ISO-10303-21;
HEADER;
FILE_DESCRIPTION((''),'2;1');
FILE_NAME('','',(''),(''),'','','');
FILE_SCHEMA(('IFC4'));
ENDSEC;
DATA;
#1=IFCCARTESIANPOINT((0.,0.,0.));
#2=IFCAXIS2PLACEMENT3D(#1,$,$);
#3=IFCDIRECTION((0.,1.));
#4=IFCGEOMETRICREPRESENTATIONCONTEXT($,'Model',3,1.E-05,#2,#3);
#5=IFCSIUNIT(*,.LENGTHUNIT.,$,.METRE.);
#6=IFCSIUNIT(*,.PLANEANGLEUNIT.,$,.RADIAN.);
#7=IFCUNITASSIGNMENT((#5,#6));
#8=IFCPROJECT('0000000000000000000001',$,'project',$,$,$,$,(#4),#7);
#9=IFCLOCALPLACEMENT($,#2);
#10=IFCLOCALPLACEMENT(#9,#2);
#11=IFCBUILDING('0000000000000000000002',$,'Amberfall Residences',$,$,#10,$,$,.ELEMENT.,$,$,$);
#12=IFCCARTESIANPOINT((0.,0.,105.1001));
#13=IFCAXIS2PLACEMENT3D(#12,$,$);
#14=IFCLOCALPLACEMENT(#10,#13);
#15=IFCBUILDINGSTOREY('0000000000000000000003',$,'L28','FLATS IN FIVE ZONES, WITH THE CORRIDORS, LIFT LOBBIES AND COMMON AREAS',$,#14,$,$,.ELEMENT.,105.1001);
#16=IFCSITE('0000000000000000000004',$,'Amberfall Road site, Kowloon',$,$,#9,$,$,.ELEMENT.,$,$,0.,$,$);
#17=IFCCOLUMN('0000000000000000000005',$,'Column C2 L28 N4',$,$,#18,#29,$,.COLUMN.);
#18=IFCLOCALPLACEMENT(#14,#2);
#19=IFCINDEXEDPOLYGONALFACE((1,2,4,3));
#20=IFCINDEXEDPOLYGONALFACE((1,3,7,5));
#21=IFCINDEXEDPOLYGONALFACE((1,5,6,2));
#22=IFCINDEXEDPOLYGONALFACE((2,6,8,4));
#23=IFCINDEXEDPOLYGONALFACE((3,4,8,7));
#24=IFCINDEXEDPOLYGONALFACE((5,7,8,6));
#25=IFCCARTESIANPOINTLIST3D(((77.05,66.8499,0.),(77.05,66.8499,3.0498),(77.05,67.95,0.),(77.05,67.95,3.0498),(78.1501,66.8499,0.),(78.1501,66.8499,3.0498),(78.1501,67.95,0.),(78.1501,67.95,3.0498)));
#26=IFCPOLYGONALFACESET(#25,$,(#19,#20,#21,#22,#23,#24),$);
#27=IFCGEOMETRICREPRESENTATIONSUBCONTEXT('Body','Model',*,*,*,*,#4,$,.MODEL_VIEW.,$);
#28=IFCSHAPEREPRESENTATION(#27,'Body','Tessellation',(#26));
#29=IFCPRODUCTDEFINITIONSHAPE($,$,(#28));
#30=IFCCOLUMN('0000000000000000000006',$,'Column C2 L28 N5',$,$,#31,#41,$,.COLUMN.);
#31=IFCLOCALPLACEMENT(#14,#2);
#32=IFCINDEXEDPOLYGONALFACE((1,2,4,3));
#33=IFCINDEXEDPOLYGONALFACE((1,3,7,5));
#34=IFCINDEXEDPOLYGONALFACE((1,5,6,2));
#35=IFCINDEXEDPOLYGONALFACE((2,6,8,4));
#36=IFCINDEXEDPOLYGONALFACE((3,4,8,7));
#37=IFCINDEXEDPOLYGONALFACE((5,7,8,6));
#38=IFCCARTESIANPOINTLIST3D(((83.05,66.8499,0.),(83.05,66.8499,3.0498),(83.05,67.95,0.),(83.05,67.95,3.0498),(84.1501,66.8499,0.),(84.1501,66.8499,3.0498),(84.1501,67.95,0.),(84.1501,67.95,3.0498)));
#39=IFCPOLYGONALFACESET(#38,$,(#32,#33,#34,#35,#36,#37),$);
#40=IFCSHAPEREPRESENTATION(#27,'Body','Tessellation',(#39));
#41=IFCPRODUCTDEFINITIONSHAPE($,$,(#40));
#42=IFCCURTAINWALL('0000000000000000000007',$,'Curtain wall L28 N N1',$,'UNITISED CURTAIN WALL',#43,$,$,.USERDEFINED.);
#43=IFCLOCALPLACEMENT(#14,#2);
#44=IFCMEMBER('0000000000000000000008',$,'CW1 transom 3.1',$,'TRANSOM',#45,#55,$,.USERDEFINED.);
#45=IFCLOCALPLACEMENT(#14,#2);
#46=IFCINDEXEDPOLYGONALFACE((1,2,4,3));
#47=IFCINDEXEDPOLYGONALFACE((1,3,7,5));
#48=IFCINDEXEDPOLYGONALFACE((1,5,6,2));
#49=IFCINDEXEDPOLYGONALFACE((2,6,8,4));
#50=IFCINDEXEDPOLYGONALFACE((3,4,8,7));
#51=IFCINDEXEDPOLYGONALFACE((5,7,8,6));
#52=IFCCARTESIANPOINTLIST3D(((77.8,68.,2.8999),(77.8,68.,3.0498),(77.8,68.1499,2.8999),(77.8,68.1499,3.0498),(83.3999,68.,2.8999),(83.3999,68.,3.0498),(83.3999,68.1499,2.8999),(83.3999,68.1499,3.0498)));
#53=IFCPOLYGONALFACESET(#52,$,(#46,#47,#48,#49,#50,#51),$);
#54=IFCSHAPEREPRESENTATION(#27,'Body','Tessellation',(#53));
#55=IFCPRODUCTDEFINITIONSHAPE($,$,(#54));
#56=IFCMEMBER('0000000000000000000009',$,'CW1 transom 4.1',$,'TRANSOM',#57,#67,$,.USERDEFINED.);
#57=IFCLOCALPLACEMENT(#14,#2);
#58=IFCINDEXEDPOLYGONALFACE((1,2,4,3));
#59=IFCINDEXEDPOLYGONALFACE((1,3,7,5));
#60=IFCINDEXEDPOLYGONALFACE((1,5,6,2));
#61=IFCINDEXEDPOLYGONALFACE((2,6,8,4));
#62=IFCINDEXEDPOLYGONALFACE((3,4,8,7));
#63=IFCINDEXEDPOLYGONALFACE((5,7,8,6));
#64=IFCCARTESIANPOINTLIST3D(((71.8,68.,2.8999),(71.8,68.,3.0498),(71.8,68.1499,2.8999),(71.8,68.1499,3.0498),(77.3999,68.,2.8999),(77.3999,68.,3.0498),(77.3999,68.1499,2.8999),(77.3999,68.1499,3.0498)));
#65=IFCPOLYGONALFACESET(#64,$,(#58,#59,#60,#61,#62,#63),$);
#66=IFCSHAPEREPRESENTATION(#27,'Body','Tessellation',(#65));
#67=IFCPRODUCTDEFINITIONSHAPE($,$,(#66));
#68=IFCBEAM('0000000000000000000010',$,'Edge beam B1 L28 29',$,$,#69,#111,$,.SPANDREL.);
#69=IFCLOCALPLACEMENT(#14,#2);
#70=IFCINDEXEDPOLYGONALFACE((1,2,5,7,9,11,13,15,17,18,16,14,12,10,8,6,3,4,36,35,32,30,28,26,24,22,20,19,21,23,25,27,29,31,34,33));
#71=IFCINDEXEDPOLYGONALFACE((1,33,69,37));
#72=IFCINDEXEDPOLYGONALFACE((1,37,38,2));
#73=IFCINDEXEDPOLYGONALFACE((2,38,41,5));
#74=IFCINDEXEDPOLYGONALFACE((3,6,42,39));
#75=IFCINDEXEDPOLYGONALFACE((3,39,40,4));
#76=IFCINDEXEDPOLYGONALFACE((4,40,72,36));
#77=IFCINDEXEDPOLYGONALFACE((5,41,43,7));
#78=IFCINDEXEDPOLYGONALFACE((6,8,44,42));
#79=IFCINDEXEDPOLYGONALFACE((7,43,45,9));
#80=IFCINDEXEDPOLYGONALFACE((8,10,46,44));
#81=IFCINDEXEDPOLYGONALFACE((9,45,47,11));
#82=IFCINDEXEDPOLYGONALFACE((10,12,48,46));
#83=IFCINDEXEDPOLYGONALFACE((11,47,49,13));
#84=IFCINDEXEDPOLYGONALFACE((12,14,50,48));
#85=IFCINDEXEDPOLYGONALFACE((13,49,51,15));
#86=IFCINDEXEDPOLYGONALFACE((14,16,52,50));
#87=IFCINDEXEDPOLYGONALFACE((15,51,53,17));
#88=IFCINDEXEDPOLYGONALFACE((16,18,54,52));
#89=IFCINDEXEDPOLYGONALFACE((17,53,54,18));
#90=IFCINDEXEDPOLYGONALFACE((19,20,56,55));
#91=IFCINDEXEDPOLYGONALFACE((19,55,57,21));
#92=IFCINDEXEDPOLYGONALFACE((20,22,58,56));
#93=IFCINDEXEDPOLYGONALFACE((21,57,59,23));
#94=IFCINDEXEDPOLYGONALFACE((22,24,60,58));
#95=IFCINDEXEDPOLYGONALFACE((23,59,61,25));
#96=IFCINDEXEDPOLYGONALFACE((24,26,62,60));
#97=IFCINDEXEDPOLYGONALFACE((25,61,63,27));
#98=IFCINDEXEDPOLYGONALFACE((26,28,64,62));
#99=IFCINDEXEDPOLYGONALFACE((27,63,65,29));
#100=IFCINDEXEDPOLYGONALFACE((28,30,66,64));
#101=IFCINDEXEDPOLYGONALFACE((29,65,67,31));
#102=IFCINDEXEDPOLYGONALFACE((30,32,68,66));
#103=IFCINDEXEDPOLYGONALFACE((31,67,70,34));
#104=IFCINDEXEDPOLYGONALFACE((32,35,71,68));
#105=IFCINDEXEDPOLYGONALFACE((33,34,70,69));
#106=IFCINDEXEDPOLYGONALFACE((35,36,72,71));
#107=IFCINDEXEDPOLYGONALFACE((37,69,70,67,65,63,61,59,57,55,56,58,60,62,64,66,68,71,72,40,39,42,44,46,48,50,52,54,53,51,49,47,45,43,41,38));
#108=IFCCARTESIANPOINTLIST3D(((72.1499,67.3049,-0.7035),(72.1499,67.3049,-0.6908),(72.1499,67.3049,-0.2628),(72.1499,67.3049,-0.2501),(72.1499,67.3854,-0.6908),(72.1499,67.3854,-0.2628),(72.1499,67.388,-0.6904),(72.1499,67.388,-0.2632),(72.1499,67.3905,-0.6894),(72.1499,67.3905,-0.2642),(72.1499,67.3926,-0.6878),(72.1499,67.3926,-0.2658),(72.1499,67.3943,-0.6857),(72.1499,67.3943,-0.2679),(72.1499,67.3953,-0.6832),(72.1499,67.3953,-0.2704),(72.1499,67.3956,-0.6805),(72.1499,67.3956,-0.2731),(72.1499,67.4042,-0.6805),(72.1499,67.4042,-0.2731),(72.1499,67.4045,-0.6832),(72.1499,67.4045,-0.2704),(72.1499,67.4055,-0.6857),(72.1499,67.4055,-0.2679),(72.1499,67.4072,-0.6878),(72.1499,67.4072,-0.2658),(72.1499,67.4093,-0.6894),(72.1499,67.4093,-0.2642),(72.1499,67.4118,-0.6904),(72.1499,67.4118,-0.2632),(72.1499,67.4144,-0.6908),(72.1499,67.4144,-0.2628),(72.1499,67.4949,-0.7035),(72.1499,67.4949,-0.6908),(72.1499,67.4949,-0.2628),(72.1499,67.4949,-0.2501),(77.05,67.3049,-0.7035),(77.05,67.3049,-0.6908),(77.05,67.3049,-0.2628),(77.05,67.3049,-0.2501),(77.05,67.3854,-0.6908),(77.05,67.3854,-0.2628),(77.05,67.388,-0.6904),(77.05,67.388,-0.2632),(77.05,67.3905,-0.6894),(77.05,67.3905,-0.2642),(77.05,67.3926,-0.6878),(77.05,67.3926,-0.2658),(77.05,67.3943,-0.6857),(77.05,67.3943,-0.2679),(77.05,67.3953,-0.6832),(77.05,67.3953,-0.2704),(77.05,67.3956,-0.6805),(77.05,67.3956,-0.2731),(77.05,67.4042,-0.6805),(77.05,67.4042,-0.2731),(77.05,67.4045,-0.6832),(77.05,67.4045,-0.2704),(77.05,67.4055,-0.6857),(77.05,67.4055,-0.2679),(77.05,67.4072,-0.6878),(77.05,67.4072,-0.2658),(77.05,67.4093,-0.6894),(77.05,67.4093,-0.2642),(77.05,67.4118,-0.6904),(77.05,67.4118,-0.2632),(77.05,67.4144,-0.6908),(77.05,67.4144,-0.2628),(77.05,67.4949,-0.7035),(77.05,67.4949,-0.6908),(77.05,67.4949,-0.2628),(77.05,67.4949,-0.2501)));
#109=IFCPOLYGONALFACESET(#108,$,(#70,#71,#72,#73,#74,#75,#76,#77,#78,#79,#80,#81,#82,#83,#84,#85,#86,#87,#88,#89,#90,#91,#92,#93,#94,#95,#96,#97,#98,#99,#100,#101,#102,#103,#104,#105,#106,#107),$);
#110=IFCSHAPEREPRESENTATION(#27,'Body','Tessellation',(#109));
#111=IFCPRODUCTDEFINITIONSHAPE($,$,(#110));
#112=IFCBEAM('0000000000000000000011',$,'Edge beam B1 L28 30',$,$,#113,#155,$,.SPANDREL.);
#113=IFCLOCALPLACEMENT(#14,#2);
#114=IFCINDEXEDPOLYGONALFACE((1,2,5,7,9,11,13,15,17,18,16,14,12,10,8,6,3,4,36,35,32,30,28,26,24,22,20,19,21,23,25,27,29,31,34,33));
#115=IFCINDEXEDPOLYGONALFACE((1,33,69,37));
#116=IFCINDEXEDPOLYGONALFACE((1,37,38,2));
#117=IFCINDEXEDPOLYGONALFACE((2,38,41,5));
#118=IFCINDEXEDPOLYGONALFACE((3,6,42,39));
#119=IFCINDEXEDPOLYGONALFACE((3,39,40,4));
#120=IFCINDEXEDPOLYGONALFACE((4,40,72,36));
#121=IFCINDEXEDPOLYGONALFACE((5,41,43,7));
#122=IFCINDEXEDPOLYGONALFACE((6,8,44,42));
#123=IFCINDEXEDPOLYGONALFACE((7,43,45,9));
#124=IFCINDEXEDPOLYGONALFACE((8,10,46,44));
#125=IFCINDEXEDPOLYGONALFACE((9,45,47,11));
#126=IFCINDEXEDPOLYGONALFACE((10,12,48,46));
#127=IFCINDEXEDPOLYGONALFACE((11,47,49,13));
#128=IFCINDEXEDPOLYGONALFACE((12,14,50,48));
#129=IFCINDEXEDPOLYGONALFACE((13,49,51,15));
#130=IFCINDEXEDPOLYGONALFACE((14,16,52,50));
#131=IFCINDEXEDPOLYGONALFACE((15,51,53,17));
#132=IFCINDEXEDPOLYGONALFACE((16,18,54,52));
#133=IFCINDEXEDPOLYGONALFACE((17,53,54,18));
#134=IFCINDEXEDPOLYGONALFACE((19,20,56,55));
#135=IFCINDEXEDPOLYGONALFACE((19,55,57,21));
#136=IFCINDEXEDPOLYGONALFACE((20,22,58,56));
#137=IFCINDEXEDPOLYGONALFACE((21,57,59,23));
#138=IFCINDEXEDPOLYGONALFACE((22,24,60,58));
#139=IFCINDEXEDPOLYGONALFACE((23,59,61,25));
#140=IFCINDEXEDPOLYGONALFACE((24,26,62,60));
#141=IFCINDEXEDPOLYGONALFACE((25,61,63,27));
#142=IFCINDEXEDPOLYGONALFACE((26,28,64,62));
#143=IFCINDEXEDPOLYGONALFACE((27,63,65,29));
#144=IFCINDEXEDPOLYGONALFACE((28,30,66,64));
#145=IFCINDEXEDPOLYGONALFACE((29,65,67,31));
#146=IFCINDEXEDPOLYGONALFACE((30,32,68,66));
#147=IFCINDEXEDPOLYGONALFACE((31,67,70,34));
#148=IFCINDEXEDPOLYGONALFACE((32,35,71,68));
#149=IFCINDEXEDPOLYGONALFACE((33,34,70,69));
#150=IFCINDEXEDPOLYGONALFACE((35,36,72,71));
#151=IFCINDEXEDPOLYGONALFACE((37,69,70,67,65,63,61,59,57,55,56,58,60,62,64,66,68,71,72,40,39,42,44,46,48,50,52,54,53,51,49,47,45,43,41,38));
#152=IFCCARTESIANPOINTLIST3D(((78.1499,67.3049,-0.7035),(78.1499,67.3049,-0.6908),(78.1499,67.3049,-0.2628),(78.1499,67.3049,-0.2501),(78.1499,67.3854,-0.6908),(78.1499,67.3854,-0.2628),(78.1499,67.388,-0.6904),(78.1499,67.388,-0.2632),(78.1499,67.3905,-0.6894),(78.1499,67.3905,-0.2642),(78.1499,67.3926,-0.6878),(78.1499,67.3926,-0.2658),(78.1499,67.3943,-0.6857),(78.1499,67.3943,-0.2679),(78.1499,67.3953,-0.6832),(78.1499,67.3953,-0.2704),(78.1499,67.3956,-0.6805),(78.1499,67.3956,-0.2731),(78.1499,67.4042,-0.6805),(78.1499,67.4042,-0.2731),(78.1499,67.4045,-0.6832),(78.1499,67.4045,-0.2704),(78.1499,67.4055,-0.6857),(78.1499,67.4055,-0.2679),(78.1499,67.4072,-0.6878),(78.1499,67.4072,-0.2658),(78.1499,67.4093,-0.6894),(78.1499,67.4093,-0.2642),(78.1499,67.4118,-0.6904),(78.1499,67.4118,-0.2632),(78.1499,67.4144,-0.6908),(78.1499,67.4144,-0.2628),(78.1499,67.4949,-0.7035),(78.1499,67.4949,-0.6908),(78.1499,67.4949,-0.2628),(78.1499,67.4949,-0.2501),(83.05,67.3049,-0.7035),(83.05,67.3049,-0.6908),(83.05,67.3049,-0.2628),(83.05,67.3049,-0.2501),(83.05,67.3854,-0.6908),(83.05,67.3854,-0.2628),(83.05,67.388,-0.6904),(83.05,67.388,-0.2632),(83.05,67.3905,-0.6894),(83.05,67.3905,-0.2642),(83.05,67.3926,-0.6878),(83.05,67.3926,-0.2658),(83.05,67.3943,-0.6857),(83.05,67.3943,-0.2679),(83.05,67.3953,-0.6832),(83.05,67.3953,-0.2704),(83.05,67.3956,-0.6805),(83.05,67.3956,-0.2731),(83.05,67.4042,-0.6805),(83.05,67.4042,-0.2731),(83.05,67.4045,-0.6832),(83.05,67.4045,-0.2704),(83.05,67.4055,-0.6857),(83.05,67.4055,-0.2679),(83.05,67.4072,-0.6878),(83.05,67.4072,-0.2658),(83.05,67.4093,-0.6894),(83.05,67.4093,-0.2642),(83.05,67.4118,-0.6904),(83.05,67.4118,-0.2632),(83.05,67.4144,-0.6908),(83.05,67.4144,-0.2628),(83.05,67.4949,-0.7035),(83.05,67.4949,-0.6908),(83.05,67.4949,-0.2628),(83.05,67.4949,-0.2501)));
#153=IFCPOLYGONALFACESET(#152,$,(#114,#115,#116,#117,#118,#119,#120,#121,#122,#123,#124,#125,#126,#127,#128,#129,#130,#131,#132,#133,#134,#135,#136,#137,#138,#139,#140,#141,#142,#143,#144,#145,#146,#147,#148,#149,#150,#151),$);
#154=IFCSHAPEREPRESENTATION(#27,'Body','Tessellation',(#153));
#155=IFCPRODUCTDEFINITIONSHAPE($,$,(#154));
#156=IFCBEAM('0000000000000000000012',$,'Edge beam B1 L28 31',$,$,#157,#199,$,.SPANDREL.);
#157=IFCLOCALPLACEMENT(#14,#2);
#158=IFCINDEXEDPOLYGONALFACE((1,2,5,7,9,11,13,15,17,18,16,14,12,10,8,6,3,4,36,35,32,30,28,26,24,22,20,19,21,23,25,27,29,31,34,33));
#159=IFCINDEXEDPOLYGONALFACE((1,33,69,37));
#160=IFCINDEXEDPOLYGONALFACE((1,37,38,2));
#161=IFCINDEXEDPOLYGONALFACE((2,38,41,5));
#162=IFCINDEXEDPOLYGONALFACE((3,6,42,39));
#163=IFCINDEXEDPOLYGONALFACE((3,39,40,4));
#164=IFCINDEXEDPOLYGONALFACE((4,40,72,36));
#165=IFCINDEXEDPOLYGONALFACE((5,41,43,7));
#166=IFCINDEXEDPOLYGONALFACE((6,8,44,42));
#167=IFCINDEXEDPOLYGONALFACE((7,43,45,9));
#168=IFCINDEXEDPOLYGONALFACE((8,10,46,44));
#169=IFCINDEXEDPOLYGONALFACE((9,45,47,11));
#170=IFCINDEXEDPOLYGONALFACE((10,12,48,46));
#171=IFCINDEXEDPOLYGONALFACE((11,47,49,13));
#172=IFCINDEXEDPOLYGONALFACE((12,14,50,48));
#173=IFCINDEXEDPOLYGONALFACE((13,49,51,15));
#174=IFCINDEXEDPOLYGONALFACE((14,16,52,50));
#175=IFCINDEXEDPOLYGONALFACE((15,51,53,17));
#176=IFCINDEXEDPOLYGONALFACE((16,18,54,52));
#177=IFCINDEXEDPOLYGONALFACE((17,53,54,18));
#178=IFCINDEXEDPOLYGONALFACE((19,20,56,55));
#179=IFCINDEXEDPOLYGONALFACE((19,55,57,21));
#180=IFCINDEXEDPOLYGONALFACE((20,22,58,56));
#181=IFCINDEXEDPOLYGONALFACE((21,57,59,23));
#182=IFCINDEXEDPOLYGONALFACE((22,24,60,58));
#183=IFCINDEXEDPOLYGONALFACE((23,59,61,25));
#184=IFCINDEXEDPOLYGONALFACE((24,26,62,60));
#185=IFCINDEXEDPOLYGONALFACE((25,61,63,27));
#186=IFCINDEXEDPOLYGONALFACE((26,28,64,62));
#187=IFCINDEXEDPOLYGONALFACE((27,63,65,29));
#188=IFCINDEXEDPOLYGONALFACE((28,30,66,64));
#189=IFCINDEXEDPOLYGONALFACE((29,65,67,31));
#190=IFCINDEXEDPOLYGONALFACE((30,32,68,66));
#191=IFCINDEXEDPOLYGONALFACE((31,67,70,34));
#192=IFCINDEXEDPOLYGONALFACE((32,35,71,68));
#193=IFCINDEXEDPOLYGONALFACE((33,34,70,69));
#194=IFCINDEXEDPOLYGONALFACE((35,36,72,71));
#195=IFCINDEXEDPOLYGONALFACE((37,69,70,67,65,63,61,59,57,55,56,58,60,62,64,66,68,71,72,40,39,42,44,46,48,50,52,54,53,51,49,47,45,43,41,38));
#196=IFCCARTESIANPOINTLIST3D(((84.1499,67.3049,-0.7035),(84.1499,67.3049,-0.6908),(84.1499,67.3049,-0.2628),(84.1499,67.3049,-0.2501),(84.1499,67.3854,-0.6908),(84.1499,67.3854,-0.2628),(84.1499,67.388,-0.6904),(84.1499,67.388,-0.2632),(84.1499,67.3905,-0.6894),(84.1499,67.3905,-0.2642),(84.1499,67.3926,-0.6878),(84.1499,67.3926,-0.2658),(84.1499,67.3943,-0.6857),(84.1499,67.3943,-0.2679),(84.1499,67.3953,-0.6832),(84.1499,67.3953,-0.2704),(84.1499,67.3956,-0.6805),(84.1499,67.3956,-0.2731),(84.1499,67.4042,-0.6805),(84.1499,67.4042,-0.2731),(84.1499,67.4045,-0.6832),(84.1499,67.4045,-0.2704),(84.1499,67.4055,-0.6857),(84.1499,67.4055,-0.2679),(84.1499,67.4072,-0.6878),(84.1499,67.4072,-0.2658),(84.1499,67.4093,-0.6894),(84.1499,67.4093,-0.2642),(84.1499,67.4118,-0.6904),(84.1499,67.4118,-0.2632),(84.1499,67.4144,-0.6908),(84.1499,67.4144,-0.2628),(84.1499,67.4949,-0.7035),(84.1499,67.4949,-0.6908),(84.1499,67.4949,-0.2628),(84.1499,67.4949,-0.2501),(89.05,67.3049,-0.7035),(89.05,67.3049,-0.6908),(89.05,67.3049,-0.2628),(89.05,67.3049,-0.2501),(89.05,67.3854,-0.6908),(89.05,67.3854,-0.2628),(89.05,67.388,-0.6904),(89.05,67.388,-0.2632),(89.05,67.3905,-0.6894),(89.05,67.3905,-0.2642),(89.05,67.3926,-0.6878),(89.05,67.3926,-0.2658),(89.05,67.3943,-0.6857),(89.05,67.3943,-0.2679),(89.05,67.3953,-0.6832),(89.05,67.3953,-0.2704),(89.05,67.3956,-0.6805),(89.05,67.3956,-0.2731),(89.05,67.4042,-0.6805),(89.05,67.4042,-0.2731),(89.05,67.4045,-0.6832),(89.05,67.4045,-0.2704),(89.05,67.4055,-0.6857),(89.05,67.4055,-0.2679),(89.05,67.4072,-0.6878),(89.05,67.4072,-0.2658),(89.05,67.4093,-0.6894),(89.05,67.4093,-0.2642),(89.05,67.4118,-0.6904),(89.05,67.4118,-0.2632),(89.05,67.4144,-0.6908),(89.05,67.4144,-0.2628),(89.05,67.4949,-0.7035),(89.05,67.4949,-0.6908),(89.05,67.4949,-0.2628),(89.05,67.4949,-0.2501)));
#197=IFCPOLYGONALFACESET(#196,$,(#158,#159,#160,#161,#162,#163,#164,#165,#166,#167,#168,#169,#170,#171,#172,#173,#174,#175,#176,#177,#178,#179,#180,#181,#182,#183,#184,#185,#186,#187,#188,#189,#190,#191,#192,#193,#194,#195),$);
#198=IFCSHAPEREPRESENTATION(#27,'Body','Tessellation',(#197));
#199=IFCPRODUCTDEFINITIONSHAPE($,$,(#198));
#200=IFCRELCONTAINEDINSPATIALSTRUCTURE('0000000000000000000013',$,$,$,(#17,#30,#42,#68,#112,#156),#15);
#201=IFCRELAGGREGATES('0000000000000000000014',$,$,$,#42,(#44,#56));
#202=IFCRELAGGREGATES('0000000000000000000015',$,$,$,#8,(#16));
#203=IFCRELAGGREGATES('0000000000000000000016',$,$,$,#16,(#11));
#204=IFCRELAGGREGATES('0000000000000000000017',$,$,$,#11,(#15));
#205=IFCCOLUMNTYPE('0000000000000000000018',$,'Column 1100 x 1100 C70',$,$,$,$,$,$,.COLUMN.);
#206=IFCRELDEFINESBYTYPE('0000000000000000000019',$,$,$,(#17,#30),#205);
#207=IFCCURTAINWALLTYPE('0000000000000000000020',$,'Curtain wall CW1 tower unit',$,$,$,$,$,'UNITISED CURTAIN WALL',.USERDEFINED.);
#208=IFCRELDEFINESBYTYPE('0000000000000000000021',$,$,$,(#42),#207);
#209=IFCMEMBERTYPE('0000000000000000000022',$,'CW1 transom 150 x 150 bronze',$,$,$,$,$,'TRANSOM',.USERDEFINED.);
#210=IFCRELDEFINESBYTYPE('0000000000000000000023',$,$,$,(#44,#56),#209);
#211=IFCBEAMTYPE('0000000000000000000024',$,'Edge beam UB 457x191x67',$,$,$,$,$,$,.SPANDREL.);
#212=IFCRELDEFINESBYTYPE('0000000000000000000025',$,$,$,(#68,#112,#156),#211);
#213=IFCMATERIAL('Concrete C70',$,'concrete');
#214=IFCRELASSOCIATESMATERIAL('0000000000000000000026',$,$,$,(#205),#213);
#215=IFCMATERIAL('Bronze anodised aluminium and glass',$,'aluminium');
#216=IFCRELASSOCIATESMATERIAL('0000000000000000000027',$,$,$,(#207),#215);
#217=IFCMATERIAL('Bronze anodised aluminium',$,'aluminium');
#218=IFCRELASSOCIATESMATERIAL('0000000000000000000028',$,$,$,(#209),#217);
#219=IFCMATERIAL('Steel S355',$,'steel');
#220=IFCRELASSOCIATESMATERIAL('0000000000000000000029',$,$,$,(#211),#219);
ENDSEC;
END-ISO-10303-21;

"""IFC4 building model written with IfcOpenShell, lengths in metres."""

from ifc_helpers import new_model, si_unit, direction, frame, origin, origin_2d, place, context, subcontext, project, spatial, rectangle, i_section, extrude, material, material_profile, profile_set, type_object, element, aggregate, save


model = new_model("IFC4")

# Units and contexts
model_context = context("Model", 3, precision=1e-05, world=origin(), true_north=direction((0.0, 1.0)))
body_context = subcontext(model_context, "Body", "Model", "MODEL_VIEW")
ifc_project = project(units=[si_unit("LENGTHUNIT", "METRE"), si_unit("PLANEANGLEUNIT", "RADIAN")], contexts=[model_context])

# Site, building, storey
site_placement = place(None, origin())
site = spatial("IfcSite", under=ifc_project, at=site_placement, Name="Amberfall Road site, Kowloon", CompositionType="ELEMENT", RefElevation=0.0)
building_placement = place(site_placement, origin())
building = spatial("IfcBuilding", under=site, at=building_placement, Name="Amberfall Residences", CompositionType="ELEMENT")
storey_placement = place(building_placement, frame((0.0, 0.0, 105.1001)))
storey = spatial("IfcBuildingStorey", under=building, at=storey_placement, Name="L28", Description="FLATS IN FIVE ZONES, WITH THE CORRIDORS, LIFT LOBBIES AND COMMON AREAS", CompositionType="ELEMENT", Elevation=105.1001)

# Columns
ifc_material_1 = material(Name="Concrete C70", Category="concrete")
ifc_material_profile_1 = material_profile(ifc_material_1, rectangle(XDim=1.1001, YDim=1.1001, at=origin_2d()), Name="Column 1100 x 1100 C70")
ifc_profile_set_1 = profile_set([ifc_material_profile_1], Name="Concrete C70")
column_type = type_object("IfcColumnType", Name="Column 1100 x 1100 C70", PredefinedType="COLUMN", material=ifc_profile_set_1)
for number, where, z_axis, x_axis, name in (
    (1, (77.6001, 67.3999, 0.0), (0.0, 0.0, 1.0), (1.0, 0.0, 0.0), "Column C2 L28 N4"),
    (2, (83.6001, 67.3999, 0.0), (0.0, 0.0, 1.0), (1.0, 0.0, 0.0), "Column C2 L28 N5"),
):
    element("IfcColumn", number, at=place(storey_placement, frame(where, z_axis=z_axis, x_axis=x_axis)), inside=storey, type_object=column_type, Name=name, PredefinedType="COLUMN", context=body_context, shape_type="SweptSolid", body=[
        extrude(rectangle(XDim=1.1001, YDim=1.1001, at=origin_2d()), origin(), (0.0, 0.0, 1.0), 3.0498),
    ])

# Curtain wall, members
ifc_material_2 = material(Name="Bronze anodised aluminium and glass", Category="aluminium")
curtain_wall_type = type_object("IfcCurtainWallType", Name="Curtain wall CW1 tower unit", ElementType="UNITISED CURTAIN WALL", PredefinedType="USERDEFINED", material=ifc_material_2)
curtain_wall_placement = place(storey_placement, origin())
curtain_wall = element("IfcCurtainWall", 3, at=curtain_wall_placement, inside=storey, type_object=curtain_wall_type, Name="Curtain wall L28 N N1", ObjectType="UNITISED CURTAIN WALL", PredefinedType="USERDEFINED")
ifc_material_3 = material(Name="Bronze anodised aluminium", Category="aluminium")
ifc_material_profile_2 = material_profile(ifc_material_3, rectangle(XDim=0.1499, YDim=0.1499, at=origin_2d()), Name="CW1 transom 150 x 150 bronze")
ifc_profile_set_2 = profile_set([ifc_material_profile_2], Name="Bronze anodised aluminium")
member_type_1 = type_object("IfcMemberType", Name="CW1 transom 150 x 150 bronze", ElementType="TRANSOM", PredefinedType="USERDEFINED", material=ifc_profile_set_2)
member_1_placement = place(storey_placement, frame((83.3999, 68.075, 2.9749), z_axis=(-1.0, 0.0, 0.0), x_axis=(0.0, -1.0, 0.0)))
member_1 = element("IfcMember", 4, at=member_1_placement, type_object=member_type_1, Name="CW1 transom 3.1", ObjectType="TRANSOM", PredefinedType="USERDEFINED", context=body_context, shape_type="SweptSolid", body=[
    extrude(rectangle(XDim=0.1499, YDim=0.1499, at=origin_2d()), origin(), (0.0, 0.0, 1.0), 5.5999),
])
member_2_placement = place(storey_placement, frame((77.3999, 68.075, 2.9749), z_axis=(-1.0, 0.0, 0.0), x_axis=(0.0, -1.0, 0.0)))
member_2 = element("IfcMember", 5, at=member_2_placement, type_object=member_type_1, Name="CW1 transom 4.1", ObjectType="TRANSOM", PredefinedType="USERDEFINED", context=body_context, shape_type="SweptSolid", body=[
    extrude(rectangle(XDim=0.1499, YDim=0.1499, at=origin_2d()), origin(), (0.0, 0.0, 1.0), 5.5999),
])

# Beams
ifc_material_4 = material(Name="Steel S355", Category="steel")
ifc_material_profile_3 = material_profile(ifc_material_4, i_section(OverallWidth=0.1899, OverallDepth=0.4534, WebThickness=0.0085, FlangeThickness=0.0127, FilletRadius=0.0103, at=origin_2d()), Name="UB 457x191x67")
ifc_profile_set_3 = profile_set([ifc_material_profile_3], Name="Steel S355")
beam_type_1 = type_object("IfcBeamType", Name="Edge beam UB 457x191x67", PredefinedType="SPANDREL", material=ifc_profile_set_3)
for number, where, z_axis, x_axis, name in (
    (6, (72.1499, 67.3999, -0.4768), (1.0, 0.0, 0.0), (0.0, 1.0, 0.0), "Edge beam B1 L28 29"),
    (7, (78.1499, 67.3999, -0.4768), (1.0, 0.0, 0.0), (0.0, 1.0, 0.0), "Edge beam B1 L28 30"),
    (8, (84.1499, 67.3999, -0.4768), (1.0, 0.0, 0.0), (0.0, 1.0, 0.0), "Edge beam B1 L28 31"),
):
    element("IfcBeam", number, at=place(storey_placement, frame(where, z_axis=z_axis, x_axis=x_axis)), inside=storey, type_object=beam_type_1, Name=name, PredefinedType="SPANDREL", context=body_context, shape_type="SweptSolid", body=[
        extrude(i_section(OverallWidth=0.1899, OverallDepth=0.4534, WebThickness=0.0085, FlangeThickness=0.0127, FilletRadius=0.0103, at=origin_2d()), origin(), (0.0, 0.0, 1.0), 4.9001),
    ])

aggregate(curtain_wall, [member_1, member_2])

save(model, "model.ifc")
